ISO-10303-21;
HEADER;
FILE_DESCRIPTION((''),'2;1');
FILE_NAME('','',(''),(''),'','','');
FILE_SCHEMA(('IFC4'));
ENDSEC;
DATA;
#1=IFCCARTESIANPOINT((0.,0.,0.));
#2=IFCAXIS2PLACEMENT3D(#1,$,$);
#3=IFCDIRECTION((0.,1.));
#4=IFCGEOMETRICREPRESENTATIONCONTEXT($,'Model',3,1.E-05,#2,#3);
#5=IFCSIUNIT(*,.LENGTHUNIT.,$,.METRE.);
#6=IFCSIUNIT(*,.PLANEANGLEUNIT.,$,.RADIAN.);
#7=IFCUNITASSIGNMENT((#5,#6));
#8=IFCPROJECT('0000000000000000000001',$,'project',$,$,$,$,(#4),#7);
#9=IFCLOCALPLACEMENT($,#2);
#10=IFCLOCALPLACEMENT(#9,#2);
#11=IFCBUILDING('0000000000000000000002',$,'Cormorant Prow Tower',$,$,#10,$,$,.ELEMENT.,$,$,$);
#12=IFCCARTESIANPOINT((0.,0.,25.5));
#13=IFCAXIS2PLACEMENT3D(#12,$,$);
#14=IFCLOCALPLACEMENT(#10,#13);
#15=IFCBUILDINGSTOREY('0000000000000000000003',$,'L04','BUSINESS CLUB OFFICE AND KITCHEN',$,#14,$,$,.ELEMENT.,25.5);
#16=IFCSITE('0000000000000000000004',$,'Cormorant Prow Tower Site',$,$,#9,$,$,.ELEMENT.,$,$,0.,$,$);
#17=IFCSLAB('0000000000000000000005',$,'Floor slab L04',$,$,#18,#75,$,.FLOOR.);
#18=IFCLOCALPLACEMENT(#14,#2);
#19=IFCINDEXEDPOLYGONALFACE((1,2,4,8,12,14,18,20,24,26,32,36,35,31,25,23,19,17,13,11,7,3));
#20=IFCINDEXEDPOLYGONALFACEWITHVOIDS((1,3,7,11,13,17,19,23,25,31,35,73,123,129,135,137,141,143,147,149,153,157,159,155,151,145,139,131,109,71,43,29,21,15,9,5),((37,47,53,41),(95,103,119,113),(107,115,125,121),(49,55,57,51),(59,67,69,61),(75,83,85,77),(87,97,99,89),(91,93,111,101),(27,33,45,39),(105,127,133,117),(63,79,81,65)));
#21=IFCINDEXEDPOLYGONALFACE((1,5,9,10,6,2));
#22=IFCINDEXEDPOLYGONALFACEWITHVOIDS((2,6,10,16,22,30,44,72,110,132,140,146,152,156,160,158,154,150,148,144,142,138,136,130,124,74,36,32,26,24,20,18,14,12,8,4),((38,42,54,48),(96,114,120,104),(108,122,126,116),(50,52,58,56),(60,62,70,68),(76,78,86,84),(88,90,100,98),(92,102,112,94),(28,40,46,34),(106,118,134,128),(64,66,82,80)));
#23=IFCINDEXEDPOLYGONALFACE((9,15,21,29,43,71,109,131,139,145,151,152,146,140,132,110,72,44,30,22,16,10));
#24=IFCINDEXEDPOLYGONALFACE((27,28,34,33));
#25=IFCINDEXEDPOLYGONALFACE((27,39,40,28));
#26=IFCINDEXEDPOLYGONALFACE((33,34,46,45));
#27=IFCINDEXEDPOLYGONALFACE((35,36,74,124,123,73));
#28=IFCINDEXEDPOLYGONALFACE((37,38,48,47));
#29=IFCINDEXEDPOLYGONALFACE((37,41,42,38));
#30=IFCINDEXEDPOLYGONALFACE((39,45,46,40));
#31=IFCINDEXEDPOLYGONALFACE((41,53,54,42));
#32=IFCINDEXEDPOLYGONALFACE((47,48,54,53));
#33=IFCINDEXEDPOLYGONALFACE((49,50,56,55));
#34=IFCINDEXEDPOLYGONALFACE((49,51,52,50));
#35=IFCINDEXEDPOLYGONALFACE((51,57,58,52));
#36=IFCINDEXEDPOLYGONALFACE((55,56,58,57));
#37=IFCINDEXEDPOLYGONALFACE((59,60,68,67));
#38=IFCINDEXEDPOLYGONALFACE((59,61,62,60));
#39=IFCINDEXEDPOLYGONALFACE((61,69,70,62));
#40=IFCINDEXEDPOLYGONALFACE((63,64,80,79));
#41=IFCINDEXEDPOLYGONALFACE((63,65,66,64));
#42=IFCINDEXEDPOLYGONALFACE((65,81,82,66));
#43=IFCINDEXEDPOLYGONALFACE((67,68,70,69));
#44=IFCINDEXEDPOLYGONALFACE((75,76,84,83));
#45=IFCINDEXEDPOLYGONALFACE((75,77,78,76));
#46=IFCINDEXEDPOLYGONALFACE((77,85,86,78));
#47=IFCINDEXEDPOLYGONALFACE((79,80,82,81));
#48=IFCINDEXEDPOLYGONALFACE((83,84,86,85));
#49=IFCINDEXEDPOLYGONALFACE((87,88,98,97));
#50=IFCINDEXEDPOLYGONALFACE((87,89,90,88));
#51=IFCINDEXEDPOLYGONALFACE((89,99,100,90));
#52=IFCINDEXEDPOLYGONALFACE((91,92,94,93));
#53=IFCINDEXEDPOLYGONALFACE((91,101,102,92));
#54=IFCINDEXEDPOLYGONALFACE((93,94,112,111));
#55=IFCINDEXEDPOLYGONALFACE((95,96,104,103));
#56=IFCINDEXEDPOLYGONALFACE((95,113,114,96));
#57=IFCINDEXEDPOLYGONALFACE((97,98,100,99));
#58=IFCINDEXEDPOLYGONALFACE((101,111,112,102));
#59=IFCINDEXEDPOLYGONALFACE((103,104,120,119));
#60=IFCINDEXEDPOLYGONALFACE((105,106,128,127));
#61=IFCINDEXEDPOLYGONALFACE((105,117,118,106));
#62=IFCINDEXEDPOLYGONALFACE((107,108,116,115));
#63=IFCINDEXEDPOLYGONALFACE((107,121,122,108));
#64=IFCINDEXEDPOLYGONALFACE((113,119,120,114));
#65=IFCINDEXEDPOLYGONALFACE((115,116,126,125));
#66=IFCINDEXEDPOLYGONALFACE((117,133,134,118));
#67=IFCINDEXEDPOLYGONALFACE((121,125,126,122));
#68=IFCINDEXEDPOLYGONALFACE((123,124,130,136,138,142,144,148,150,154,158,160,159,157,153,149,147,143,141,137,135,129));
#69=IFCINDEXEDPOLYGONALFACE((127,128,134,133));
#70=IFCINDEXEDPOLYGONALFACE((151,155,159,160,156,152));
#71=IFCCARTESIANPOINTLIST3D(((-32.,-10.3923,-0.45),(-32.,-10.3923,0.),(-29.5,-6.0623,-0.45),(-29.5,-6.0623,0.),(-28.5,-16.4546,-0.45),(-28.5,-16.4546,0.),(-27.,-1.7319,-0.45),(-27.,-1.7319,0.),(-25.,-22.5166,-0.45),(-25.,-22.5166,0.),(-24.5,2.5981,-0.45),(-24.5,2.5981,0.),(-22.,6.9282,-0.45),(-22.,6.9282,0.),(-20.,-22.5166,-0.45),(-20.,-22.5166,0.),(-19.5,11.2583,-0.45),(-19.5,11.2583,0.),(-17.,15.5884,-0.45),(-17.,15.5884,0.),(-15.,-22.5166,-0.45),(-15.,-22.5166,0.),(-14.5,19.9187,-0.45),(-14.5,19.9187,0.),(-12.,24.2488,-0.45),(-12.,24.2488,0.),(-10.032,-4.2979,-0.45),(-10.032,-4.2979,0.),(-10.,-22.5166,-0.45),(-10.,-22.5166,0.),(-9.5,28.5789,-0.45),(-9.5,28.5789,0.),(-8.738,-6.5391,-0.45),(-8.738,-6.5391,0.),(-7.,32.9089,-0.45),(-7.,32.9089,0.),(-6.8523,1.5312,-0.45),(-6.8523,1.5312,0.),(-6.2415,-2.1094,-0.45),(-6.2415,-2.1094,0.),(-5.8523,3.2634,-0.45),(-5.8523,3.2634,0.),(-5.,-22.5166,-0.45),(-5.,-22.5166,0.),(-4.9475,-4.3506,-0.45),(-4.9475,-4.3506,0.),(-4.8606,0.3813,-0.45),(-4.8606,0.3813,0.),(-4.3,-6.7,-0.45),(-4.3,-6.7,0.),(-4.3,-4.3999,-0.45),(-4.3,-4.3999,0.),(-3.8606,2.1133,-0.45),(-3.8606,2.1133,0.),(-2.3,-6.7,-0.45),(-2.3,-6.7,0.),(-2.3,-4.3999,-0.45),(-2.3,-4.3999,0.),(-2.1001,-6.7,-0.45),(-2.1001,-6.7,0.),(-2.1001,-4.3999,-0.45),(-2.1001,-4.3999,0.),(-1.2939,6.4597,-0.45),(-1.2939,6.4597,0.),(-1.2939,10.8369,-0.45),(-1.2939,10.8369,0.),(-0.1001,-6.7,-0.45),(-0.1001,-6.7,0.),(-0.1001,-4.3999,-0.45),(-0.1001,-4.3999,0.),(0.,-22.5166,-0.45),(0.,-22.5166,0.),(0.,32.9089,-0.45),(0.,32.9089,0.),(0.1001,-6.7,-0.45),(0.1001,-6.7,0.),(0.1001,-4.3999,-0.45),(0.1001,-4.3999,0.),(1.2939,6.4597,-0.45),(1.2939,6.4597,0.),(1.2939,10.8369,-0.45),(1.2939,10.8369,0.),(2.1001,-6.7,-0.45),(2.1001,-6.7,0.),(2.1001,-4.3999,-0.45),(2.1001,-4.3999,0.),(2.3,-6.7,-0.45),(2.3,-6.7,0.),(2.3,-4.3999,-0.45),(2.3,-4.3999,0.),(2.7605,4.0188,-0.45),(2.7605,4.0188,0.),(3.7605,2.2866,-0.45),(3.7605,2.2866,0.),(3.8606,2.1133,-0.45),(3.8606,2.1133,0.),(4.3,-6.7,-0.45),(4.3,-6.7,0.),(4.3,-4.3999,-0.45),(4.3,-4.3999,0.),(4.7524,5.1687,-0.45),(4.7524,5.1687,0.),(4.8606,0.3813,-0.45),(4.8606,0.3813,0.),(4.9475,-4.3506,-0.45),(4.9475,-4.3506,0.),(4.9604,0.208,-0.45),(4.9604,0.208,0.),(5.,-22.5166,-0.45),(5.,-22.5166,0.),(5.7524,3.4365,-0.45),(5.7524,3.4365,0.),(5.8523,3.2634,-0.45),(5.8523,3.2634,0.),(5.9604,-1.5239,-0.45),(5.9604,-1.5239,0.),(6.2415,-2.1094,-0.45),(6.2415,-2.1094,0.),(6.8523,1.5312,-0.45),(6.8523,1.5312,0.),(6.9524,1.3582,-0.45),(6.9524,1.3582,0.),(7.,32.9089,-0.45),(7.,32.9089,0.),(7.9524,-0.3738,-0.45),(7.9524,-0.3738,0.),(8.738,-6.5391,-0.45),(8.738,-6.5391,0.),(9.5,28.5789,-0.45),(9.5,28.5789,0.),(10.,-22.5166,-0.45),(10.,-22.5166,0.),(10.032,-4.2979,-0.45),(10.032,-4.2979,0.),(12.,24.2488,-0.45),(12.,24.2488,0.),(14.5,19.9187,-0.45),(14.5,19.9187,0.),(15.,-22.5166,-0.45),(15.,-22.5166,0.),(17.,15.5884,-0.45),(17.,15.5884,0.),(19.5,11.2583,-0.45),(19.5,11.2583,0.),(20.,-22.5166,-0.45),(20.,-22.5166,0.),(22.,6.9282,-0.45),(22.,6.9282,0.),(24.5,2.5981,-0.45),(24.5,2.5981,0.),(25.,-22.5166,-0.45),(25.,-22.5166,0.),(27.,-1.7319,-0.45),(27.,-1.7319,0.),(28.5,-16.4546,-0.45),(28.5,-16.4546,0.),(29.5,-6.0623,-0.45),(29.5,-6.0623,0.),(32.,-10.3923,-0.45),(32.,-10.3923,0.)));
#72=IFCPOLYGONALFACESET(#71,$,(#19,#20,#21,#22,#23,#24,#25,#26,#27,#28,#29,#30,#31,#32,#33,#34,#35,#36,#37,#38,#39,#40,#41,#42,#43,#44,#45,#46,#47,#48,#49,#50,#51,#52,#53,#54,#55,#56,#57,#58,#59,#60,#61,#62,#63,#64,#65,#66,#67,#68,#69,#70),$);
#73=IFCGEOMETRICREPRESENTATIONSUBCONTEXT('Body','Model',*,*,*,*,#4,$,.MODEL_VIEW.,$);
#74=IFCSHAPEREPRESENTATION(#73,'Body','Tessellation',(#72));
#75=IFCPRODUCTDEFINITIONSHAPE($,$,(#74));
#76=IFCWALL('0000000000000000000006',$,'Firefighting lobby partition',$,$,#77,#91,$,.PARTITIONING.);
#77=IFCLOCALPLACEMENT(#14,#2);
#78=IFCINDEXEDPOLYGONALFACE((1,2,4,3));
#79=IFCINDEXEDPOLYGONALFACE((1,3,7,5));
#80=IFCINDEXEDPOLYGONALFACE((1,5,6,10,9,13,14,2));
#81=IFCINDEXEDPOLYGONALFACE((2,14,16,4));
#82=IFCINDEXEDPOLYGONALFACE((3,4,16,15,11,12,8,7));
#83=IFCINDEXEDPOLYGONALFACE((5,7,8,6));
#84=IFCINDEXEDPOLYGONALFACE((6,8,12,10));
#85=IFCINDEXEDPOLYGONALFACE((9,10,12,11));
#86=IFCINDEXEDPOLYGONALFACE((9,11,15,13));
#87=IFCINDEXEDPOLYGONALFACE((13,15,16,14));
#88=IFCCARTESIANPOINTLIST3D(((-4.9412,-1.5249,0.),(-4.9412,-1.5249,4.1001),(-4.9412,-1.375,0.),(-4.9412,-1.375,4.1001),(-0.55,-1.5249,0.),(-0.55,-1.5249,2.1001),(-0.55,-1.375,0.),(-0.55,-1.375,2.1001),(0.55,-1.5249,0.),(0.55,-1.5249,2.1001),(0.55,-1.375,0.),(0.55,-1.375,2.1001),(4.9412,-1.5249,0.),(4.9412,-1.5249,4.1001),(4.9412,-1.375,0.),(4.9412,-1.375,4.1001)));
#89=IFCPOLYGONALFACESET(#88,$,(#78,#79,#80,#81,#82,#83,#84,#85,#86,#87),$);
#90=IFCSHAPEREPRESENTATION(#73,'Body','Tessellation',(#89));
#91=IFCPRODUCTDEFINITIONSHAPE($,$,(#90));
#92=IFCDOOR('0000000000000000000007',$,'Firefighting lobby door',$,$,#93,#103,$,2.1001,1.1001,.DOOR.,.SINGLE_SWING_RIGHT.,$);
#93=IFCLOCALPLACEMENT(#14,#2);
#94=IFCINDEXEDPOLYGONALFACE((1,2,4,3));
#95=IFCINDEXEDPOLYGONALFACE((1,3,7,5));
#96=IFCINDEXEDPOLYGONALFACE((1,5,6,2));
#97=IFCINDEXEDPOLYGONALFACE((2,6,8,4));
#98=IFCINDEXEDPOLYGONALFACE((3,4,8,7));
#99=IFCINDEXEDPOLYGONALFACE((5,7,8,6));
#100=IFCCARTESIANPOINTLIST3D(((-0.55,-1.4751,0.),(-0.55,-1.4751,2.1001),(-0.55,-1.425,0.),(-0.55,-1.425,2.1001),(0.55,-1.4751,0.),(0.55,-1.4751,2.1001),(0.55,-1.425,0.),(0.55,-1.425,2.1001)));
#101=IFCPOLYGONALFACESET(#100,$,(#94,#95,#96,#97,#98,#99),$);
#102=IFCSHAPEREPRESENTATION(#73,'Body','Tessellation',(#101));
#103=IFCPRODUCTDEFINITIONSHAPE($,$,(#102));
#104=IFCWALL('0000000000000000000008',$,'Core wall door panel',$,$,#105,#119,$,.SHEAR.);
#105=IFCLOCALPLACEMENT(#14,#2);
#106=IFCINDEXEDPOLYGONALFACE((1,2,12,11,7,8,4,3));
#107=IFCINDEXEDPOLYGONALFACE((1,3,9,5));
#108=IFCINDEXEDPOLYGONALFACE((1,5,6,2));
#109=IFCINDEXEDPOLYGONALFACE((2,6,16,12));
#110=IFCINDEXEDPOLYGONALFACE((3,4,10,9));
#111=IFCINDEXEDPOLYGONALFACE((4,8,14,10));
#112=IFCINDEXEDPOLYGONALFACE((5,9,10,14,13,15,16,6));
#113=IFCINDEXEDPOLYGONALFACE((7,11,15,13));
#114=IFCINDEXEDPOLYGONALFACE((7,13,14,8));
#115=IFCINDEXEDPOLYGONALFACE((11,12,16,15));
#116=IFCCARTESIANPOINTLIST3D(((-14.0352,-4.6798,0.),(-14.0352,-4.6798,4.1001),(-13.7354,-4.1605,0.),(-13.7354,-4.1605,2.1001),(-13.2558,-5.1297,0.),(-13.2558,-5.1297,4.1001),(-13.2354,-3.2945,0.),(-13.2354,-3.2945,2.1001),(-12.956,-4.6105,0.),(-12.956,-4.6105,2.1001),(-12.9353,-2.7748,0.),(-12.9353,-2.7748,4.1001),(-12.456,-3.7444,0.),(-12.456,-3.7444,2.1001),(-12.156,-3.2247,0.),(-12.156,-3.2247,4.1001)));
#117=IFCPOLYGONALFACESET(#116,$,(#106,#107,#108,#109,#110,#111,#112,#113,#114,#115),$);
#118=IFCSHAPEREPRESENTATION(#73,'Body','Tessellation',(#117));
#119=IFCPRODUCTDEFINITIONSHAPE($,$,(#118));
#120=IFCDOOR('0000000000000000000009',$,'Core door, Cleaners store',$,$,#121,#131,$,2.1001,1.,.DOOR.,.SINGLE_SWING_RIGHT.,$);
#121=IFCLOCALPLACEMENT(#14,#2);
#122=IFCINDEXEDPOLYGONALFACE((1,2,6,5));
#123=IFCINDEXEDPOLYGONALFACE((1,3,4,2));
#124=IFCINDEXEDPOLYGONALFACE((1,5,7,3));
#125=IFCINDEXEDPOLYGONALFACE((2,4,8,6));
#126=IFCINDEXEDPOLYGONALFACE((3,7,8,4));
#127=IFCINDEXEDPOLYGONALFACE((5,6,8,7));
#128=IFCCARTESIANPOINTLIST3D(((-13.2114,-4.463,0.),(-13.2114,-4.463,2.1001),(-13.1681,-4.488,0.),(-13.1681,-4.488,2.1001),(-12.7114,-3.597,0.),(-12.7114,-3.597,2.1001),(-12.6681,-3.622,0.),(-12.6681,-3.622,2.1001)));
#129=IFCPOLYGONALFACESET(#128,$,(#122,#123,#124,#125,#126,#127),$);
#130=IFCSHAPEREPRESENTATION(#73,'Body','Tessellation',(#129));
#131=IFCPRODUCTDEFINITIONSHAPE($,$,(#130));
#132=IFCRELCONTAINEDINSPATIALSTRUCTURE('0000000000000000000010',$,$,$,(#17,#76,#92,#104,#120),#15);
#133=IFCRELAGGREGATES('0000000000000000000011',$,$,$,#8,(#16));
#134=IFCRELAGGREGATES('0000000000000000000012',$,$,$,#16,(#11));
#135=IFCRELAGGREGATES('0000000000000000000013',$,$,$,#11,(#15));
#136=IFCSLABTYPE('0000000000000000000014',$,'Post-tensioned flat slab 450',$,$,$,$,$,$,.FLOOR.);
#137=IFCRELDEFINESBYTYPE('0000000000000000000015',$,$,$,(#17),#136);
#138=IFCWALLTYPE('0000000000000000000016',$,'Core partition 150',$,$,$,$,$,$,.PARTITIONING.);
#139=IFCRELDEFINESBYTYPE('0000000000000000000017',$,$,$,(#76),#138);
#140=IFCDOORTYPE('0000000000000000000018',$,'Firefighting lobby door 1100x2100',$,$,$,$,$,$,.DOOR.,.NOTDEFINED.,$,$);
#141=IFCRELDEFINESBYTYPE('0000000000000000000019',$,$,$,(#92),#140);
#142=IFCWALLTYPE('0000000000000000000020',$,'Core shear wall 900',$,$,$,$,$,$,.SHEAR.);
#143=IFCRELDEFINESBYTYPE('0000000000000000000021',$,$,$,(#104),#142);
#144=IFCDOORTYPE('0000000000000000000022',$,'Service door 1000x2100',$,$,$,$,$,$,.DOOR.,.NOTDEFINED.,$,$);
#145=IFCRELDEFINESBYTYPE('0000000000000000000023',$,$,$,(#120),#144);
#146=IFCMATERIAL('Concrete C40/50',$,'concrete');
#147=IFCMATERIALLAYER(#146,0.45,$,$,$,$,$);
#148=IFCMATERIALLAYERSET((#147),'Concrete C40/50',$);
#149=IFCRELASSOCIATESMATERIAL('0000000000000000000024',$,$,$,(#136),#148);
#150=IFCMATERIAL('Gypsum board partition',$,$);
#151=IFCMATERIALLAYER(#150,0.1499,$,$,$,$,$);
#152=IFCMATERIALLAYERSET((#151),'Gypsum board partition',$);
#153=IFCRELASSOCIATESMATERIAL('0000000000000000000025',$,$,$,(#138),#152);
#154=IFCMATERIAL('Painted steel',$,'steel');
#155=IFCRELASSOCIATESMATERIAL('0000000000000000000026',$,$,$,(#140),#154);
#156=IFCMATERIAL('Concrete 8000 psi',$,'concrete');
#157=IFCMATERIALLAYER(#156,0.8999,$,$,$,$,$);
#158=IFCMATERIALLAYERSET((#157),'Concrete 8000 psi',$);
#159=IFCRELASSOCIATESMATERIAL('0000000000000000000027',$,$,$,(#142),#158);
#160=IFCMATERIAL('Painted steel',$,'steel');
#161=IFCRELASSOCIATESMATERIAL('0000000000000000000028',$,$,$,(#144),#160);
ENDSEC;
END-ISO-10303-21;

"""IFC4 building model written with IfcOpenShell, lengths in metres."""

from ifc_helpers import new_model, si_unit, direction, frame, frame_2d, origin, place, context, subcontext, project, spatial, polyline, rectangle, outline, extrude, material, layer, layer_set, type_object, element, fill, save


model = new_model("IFC4")

# Units and contexts
model_context = context("Model", 3, precision=1e-05, world=origin(), true_north=direction((0.0, 1.0)))
body_context = subcontext(model_context, "Body", "Model", "MODEL_VIEW")
ifc_project = project(units=[si_unit("LENGTHUNIT", "METRE"), si_unit("PLANEANGLEUNIT", "RADIAN")], contexts=[model_context])

# Site, building, storey
site_placement = place(None, origin())
site = spatial("IfcSite", under=ifc_project, at=site_placement, Name="Cormorant Prow Tower Site", CompositionType="ELEMENT", RefElevation=0.0)
building_placement = place(site_placement, origin())
building = spatial("IfcBuilding", under=site, at=building_placement, Name="Cormorant Prow Tower", CompositionType="ELEMENT")
storey_placement = place(building_placement, frame((0.0, 0.0, 25.5)))
storey = spatial("IfcBuildingStorey", under=building, at=storey_placement, Name="L04", Description="BUSINESS CLUB OFFICE AND KITCHEN", CompositionType="ELEMENT", Elevation=25.5)

# Slab
ifc_material_1 = material(Name="Concrete C40/50", Category="concrete")
ifc_layer_1 = layer(ifc_material_1, 0.45)
ifc_layer_set_1 = layer_set([ifc_layer_1], Name="Concrete C40/50")
slab_type = type_object("IfcSlabType", Name="Post-tensioned flat slab 450", PredefinedType="FLOOR", material=ifc_layer_set_1)
slab_placement = place(storey_placement, frame((0.0, 0.0, -0.45)))
element("IfcSlab", 1, at=slab_placement, inside=storey, type_object=slab_type, Name="Floor slab L04", PredefinedType="FLOOR", context=body_context, shape_type="SweptSolid", body=[
    extrude(outline(polyline([(-9.5, 28.5789), (-12.0, 24.2488), (-14.5, 19.9187), (-17.0, 15.5884), (-19.5, 11.2583), (-22.0, 6.9282), (-24.5, 2.5981), (-27.0, -1.7319), (-29.5, -6.0623), (-32.0, -10.3923), (-28.5, -16.4546), (-25.0, -22.5166), (-20.0, -22.5166), (-15.0, -22.5166), (-10.0, -22.5166), (-5.0, -22.5166), (0.0, -22.5166), (5.0, -22.5166), (10.0, -22.5166), (15.0, -22.5166), (20.0, -22.5166), (25.0, -22.5166), (28.5, -16.4546), (32.0, -10.3923), (29.5, -6.0623), (27.0, -1.7319), (24.5, 2.5981), (22.0, 6.9282), (19.5, 11.2583), (17.0, 15.5884), (14.5, 19.9187), (12.0, 24.2488), (9.5, 28.5789), (7.0, 32.9089), (0.0, 32.9089), (-7.0, 32.9089), (-9.5, 28.5789)]), holes=[polyline([(-4.3, -6.7), (-4.3, -4.3999), (-2.3, -4.3999), (-2.3, -6.7), (-4.3, -6.7)]), polyline([(-2.1001, -4.3999), (-0.1001, -4.3999), (-0.1001, -6.7), (-2.1001, -6.7), (-2.1001, -4.3999)]), polyline([(2.1001, -4.3999), (2.1001, -6.7), (0.1001, -6.7), (0.1001, -4.3999), (2.1001, -4.3999)]), polyline([(4.3, -6.7), (2.3, -6.7), (2.3, -4.3999), (4.3, -4.3999), (4.3, -6.7)]), polyline([(7.9524, -0.3738), (5.9604, -1.5239), (4.9604, 0.208), (6.9524, 1.3582), (7.9524, -0.3738)]), polyline([(4.8606, 0.3813), (3.8606, 2.1133), (5.8523, 3.2634), (6.8523, 1.5312), (4.8606, 0.3813)]), polyline([(2.7605, 4.0188), (4.7524, 5.1687), (5.7524, 3.4365), (3.7605, 2.2866), (2.7605, 4.0188)]), polyline([(-6.8523, 1.5312), (-5.8523, 3.2634), (-3.8606, 2.1133), (-4.8606, 0.3813), (-6.8523, 1.5312)]), polyline([(-4.9475, -4.3506), (-8.738, -6.5391), (-10.032, -4.2979), (-6.2415, -2.1094), (-4.9475, -4.3506)]), polyline([(10.032, -4.2979), (8.738, -6.5391), (4.9475, -4.3506), (6.2415, -2.1094), (10.032, -4.2979)]), polyline([(1.2939, 10.8369), (1.2939, 6.4597), (-1.2939, 6.4597), (-1.2939, 10.8369), (1.2939, 10.8369)])]), origin(), (0.0, 0.0, 1.0), 0.45),
])

# Walls, openings, doors
ifc_material_2 = material(Name="Gypsum board partition")
ifc_layer_2 = layer(ifc_material_2, 0.1499)
ifc_layer_set_2 = layer_set([ifc_layer_2], Name="Gypsum board partition")
wall_type_1 = type_object("IfcWallType", Name="Core partition 150", PredefinedType="PARTITIONING", material=ifc_layer_set_2)
wall_1_placement = place(storey_placement, frame((-4.9412, -1.45, 0.0), z_axis=(0.0, 0.0, 1.0), x_axis=(1.0, 0.0, 0.0)))
wall_1 = element("IfcWall", 2, at=wall_1_placement, inside=storey, type_object=wall_type_1, Name="Firefighting lobby partition", PredefinedType="PARTITIONING", context=body_context, shape_type="SweptSolid", body=[
    extrude(rectangle(XDim=9.8823, YDim=0.1499, at=frame_2d((4.9412, 0.0))), origin(), (0.0, 0.0, 1.0), 4.1001),
])
opening_1_placement = place(wall_1_placement, frame((4.3911, 0.0, 0.0)))
opening_1 = element("IfcOpeningElement", 3, at=opening_1_placement, cuts=wall_1, PredefinedType="OPENING", context=body_context, shape_type="SweptSolid", body=[
    extrude(rectangle(XDim=1.1001, YDim=2.1001, at=frame_2d((0.55, 1.05))), frame((0.0, 0.085, 0.0), z_axis=(0.0, -1.0, 0.0), x_axis=(1.0, 0.0, 0.0)), (0.0, 0.0, 1.0), 0.1699),
])
ifc_material_3 = material(Name="Painted steel", Category="steel")
door_type_1 = type_object("IfcDoorType", Name="Firefighting lobby door 1100x2100", OperationType="NOTDEFINED", PredefinedType="DOOR", material=ifc_material_3)
door_1_placement = place(opening_1_placement, origin())
door_1 = element("IfcDoor", 4, at=door_1_placement, inside=storey, type_object=door_type_1, Name="Firefighting lobby door", OperationType="SINGLE_SWING_RIGHT", OverallHeight=2.1001, OverallWidth=1.1001, PredefinedType="DOOR", context=body_context, shape_type="SweptSolid", body=[
    extrude(rectangle(XDim=1.1001, YDim=2.1001, at=frame_2d((0.55, 1.05))), frame((0.0, 0.0249, 0.0), z_axis=(0.0, -1.0, 0.0), x_axis=(1.0, 0.0, 0.0)), (0.0, 0.0, 1.0), 0.05),
])
fill(opening_1, door_1)
ifc_material_4 = material(Name="Concrete 8000 psi", Category="concrete")
ifc_layer_3 = layer(ifc_material_4, 0.8999)
ifc_layer_set_3 = layer_set([ifc_layer_3], Name="Concrete 8000 psi")
wall_type_2 = type_object("IfcWallType", Name="Core shear wall 900", PredefinedType="SHEAR", material=ifc_layer_set_3)
wall_2_placement = place(storey_placement, frame((-12.5457, -2.9998, 0.0), z_axis=(0.0, 0.0, 1.0), x_axis=(-0.499995, -0.866028, 0.0)))
wall_2 = element("IfcWall", 5, at=wall_2_placement, inside=storey, type_object=wall_type_2, Name="Core wall door panel", PredefinedType="SHEAR", context=body_context, shape_type="SweptSolid", body=[
    extrude(rectangle(XDim=2.1997, YDim=0.8999, at=frame_2d((1.0999, 0.0))), origin(), (0.0, 0.0, 1.0), 4.1001),
])
opening_2_placement = place(wall_2_placement, frame((0.6001, 0.0, 0.0)))
opening_2 = element("IfcOpeningElement", 6, at=opening_2_placement, cuts=wall_2, PredefinedType="OPENING", context=body_context, shape_type="SweptSolid", body=[
    extrude(rectangle(XDim=1.0, YDim=2.1001, at=frame_2d((0.5, 1.05))), frame((0.0, 0.46, 0.0), z_axis=(0.0, -1.0, 0.0), x_axis=(1.0, 0.0, 0.0)), (0.0, 0.0, 1.0), 0.9199),
])
ifc_material_5 = material(Name="Painted steel", Category="steel")
door_type_2 = type_object("IfcDoorType", Name="Service door 1000x2100", OperationType="NOTDEFINED", PredefinedType="DOOR", material=ifc_material_5)
door_2_placement = place(opening_2_placement, origin())
door_2 = element("IfcDoor", 7, at=door_2_placement, inside=storey, type_object=door_type_2, Name="Core door, Cleaners store", OperationType="SINGLE_SWING_RIGHT", OverallHeight=2.1001, OverallWidth=1.0, PredefinedType="DOOR", context=body_context, shape_type="SweptSolid", body=[
    extrude(rectangle(XDim=1.0, YDim=2.1001, at=frame_2d((0.5, 1.05))), frame((0.0, 0.2051, 0.0), z_axis=(0.0, -1.0, 0.0), x_axis=(1.0, 0.0, 0.0)), (0.0, 0.0, 1.0), 0.05),
])
fill(opening_2, door_2)

save(model, "model.ifc")
